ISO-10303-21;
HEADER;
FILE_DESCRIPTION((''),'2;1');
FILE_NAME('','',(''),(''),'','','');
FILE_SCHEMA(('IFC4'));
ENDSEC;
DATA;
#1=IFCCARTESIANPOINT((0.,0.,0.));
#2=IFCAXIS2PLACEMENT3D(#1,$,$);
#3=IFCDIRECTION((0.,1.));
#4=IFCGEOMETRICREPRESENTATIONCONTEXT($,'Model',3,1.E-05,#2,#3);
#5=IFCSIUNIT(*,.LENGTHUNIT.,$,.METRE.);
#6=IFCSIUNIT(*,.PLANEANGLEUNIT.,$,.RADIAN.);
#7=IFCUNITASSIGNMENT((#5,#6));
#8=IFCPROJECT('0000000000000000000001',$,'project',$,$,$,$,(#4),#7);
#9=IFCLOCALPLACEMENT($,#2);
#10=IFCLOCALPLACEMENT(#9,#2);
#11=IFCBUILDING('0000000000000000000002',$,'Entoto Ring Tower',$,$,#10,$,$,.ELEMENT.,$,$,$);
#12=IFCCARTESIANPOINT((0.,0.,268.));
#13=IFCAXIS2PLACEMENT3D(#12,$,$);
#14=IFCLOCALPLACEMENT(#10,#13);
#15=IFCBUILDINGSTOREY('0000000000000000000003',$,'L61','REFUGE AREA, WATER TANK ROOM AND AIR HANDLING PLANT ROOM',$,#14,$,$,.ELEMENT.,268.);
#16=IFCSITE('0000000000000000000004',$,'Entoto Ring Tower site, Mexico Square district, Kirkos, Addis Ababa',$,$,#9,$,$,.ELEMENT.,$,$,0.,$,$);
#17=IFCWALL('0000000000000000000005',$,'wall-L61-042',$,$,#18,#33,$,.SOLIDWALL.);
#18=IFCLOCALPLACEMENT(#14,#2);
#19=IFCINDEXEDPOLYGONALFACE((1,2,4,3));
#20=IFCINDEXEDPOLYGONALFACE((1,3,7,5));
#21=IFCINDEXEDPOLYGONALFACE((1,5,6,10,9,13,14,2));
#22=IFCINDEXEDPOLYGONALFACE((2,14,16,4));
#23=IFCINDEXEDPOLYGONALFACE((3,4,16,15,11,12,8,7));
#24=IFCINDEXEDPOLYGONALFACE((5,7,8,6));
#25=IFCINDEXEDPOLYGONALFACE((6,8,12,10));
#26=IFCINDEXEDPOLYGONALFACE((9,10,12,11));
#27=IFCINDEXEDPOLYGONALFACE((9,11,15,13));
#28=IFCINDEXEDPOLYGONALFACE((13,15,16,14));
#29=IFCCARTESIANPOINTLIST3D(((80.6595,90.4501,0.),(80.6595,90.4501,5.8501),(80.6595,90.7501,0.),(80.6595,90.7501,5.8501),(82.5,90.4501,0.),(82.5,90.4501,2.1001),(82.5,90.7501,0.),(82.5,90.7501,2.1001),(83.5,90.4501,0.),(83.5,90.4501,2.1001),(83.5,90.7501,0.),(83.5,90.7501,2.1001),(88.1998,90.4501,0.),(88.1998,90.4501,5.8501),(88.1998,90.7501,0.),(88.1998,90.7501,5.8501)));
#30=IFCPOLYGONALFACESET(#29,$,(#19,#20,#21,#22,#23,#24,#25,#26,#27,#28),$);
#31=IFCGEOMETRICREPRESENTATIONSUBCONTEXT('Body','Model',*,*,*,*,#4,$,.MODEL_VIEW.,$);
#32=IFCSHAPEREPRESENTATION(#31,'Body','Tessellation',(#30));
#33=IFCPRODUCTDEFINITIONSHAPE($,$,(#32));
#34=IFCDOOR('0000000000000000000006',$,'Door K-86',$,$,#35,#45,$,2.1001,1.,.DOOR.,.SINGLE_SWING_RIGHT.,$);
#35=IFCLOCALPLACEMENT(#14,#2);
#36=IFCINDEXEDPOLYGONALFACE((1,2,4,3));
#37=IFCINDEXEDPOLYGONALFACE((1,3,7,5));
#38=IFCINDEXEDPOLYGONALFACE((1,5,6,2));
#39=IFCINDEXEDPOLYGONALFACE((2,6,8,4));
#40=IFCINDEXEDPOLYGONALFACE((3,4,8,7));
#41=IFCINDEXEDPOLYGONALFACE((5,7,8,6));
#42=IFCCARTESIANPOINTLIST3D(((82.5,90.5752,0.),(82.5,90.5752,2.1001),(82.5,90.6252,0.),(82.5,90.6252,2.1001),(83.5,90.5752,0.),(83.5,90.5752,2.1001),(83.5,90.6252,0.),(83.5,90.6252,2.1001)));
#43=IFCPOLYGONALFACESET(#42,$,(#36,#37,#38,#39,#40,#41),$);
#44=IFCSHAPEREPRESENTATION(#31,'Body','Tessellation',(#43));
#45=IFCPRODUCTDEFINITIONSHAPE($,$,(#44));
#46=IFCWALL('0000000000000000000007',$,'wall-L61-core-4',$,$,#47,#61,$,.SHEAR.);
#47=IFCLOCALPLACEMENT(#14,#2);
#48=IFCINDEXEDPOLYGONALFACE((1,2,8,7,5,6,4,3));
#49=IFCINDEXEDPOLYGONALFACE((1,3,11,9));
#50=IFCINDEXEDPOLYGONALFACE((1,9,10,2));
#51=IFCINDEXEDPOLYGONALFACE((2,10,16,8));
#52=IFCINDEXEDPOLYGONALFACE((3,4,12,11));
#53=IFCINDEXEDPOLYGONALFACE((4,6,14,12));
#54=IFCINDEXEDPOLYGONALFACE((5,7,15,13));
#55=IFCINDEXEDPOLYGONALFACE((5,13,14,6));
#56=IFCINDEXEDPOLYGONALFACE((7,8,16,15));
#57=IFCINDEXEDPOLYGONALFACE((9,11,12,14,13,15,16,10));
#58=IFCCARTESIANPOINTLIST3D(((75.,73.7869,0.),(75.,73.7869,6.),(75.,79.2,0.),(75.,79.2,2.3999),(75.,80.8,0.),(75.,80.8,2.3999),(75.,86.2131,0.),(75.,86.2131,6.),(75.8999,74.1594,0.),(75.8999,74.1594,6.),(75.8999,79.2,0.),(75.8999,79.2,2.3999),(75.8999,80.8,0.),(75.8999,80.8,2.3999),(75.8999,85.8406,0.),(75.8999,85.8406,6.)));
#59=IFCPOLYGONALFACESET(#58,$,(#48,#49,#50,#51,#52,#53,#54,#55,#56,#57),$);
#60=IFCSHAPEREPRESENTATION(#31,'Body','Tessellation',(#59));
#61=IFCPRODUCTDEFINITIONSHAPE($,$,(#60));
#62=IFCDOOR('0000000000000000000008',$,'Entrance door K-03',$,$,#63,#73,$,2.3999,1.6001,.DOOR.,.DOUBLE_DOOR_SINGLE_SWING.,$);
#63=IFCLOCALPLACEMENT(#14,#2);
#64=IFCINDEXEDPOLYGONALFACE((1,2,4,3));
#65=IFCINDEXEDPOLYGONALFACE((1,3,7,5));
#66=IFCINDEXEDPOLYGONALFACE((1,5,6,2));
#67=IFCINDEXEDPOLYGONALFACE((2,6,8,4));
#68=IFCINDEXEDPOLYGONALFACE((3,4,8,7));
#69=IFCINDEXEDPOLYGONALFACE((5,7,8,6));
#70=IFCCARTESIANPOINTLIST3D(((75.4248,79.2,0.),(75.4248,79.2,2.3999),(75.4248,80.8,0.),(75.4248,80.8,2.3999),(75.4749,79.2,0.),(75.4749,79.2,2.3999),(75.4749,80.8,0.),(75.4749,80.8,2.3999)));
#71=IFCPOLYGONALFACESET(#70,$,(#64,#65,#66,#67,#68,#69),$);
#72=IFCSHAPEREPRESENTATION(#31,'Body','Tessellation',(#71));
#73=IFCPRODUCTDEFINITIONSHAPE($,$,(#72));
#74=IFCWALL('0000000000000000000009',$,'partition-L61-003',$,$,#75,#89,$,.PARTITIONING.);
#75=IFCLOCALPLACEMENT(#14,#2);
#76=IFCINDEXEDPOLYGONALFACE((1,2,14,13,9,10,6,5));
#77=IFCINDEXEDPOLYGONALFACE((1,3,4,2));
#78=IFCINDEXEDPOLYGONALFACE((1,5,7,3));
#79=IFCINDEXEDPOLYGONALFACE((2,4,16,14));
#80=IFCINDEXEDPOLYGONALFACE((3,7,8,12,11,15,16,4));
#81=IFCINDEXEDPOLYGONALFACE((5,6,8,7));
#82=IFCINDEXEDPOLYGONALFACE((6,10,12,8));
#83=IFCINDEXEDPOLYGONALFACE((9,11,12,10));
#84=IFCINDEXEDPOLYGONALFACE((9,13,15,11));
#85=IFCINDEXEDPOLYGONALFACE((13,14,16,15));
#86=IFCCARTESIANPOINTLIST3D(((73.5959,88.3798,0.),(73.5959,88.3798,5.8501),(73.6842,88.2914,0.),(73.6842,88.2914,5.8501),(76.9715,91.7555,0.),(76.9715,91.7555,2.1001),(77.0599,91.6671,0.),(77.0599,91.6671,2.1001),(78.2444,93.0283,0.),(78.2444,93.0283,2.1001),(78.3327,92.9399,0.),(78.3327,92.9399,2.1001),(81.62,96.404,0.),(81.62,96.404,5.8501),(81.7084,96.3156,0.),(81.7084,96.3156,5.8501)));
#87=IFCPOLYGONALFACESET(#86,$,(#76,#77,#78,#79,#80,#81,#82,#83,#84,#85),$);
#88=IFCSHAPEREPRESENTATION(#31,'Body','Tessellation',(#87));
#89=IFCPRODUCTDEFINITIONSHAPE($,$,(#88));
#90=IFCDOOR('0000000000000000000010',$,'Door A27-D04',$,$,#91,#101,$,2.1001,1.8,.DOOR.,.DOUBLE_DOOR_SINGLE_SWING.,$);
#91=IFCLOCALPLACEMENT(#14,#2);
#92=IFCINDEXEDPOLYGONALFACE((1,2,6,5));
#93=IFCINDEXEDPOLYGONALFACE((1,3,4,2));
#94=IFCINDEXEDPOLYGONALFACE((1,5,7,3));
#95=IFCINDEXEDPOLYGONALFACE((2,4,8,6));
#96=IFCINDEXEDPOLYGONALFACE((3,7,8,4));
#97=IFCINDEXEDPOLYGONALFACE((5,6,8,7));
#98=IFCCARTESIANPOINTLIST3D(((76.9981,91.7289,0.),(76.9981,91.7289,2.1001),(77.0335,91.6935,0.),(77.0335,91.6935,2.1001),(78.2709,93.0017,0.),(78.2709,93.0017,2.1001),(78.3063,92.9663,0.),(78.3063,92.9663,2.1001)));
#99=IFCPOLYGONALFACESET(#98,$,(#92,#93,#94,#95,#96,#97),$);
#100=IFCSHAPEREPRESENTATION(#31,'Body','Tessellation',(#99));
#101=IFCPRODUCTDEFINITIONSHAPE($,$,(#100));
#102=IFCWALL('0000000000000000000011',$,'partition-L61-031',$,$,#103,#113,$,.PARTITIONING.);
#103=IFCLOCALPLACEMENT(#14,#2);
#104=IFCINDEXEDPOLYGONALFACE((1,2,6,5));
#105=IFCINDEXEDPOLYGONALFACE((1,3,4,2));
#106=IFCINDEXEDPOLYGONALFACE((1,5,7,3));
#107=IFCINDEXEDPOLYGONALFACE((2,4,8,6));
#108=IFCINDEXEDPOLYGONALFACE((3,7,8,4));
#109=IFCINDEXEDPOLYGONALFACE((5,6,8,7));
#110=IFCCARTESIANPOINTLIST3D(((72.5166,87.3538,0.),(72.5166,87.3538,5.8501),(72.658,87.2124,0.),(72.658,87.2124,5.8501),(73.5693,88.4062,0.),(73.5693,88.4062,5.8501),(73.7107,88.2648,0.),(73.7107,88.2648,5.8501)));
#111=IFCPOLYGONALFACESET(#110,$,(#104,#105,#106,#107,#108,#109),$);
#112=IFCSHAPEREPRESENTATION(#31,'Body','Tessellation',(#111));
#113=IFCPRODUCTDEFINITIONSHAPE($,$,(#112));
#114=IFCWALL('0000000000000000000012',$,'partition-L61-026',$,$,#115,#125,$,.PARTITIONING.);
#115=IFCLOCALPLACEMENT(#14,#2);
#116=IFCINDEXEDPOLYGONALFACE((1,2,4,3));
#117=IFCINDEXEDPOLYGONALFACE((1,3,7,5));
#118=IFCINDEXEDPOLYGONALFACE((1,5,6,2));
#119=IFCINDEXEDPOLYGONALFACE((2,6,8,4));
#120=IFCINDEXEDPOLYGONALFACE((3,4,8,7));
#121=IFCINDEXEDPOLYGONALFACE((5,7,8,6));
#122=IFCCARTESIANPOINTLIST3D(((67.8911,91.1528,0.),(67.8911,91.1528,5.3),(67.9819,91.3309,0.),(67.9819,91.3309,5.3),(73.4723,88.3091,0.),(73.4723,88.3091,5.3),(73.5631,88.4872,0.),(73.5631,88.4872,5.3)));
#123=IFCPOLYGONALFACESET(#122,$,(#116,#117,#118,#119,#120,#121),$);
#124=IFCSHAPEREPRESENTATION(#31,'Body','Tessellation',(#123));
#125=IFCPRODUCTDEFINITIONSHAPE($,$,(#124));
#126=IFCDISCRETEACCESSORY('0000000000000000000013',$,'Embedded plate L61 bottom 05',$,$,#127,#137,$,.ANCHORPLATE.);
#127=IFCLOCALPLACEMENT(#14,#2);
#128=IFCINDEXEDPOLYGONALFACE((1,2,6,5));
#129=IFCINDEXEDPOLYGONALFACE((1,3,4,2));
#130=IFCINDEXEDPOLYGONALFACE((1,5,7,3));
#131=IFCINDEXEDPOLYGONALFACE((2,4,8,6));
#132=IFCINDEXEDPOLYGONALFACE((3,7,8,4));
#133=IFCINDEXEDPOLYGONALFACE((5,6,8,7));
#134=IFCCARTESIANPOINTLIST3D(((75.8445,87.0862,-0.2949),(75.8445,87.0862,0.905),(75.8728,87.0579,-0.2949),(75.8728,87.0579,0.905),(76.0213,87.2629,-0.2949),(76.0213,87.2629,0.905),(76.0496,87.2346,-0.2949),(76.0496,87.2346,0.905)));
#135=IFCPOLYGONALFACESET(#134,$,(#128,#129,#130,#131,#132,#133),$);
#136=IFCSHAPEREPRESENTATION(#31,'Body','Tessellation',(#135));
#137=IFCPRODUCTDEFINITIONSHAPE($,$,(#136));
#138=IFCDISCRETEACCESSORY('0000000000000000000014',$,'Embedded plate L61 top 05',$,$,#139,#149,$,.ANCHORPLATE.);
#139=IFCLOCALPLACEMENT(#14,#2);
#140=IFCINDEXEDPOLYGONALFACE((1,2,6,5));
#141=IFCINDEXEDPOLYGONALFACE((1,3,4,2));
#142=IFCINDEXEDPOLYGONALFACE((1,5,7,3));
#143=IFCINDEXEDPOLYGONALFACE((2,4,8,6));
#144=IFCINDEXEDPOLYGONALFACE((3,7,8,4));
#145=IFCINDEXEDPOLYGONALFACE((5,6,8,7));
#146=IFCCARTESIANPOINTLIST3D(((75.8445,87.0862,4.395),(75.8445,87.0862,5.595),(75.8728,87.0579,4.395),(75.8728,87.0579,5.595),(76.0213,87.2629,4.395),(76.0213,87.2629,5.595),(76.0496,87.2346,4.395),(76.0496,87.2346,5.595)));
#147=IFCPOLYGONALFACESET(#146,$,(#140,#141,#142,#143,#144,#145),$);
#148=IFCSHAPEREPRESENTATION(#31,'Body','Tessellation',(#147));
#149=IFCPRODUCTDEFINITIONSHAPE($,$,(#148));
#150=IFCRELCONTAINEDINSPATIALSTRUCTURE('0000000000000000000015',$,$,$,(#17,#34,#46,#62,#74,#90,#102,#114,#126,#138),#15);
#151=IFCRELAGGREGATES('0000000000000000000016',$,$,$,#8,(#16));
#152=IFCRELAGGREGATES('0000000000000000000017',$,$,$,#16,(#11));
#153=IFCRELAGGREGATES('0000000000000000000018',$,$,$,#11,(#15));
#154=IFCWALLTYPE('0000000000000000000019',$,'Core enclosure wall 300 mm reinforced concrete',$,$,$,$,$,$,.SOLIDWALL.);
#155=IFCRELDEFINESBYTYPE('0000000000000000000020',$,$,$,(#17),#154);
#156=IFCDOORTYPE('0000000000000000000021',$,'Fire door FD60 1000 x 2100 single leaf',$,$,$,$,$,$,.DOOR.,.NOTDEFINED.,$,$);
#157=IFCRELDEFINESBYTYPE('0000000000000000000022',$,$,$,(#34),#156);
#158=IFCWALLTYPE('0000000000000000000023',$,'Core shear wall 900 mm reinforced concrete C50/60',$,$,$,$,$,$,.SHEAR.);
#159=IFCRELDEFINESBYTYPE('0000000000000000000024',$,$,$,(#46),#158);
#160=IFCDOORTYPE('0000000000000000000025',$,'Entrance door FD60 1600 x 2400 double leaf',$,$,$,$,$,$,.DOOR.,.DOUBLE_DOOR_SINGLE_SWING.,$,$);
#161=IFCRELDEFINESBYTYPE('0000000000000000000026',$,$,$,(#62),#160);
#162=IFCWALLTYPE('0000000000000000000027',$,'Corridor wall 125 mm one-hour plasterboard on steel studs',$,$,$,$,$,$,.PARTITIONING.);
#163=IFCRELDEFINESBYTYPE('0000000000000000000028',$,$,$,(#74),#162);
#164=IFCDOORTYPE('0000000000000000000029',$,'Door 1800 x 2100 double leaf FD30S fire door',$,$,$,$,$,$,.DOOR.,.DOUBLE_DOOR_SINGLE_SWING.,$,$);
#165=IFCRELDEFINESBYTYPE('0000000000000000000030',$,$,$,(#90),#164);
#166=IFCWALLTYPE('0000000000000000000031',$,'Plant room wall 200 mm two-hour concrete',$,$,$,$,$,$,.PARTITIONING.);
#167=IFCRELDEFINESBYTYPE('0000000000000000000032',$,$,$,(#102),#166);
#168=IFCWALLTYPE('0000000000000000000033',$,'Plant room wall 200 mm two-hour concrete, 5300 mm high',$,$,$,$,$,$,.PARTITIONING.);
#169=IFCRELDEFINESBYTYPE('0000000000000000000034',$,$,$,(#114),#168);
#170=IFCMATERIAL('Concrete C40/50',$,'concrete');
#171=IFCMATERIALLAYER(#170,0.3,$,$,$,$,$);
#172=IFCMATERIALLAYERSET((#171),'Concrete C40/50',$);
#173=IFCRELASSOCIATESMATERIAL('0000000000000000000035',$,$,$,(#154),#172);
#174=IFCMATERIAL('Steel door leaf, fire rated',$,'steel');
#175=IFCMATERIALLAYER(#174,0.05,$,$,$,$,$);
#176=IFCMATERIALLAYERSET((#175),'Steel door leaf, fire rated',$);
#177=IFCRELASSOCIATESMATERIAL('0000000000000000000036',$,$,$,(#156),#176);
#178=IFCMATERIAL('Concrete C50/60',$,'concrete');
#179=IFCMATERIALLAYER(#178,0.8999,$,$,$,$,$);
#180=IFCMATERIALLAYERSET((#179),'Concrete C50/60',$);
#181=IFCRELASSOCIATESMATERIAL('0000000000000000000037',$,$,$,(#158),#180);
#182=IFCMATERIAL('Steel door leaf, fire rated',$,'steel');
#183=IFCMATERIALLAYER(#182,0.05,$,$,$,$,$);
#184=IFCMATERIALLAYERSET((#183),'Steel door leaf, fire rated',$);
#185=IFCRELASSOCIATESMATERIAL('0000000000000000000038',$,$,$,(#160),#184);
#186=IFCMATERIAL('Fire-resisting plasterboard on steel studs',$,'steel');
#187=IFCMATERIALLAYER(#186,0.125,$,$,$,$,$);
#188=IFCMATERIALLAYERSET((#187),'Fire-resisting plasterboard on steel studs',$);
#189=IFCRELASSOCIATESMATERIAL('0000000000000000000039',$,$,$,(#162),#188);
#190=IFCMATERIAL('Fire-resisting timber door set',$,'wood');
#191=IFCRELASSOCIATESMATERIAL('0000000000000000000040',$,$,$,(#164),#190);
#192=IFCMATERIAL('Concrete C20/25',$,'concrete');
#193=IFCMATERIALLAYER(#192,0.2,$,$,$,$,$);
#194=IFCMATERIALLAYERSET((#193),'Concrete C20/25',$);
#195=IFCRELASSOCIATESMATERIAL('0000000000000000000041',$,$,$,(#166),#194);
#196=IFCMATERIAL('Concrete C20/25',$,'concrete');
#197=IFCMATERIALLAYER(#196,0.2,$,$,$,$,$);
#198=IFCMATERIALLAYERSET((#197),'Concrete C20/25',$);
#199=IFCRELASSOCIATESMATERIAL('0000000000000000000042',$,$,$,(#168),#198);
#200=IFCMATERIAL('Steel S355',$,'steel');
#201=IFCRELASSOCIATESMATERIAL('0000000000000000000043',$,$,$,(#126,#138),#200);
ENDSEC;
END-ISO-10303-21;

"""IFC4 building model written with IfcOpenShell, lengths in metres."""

from ifc_helpers import new_model, si_unit, direction, frame, frame_2d, origin, origin_2d, place, context, subcontext, project, spatial, polyline, rectangle, outline, extrude, material, layer, layer_set, type_object, element, fill, save


model = new_model("IFC4")

# Units and contexts
model_context = context("Model", 3, precision=1e-05, world=origin(), true_north=direction((0.0, 1.0)))
body_context = subcontext(model_context, "Body", "Model", "MODEL_VIEW")
ifc_project = project(units=[si_unit("LENGTHUNIT", "METRE"), si_unit("PLANEANGLEUNIT", "RADIAN")], contexts=[model_context])

# Site, building, storey
site_placement = place(None, origin())
site = spatial("IfcSite", under=ifc_project, at=site_placement, Name="Entoto Ring Tower site, Mexico Square district, Kirkos, Addis Ababa", CompositionType="ELEMENT", RefElevation=0.0)
building_placement = place(site_placement, origin())
building = spatial("IfcBuilding", under=site, at=building_placement, Name="Entoto Ring Tower", CompositionType="ELEMENT")
storey_placement = place(building_placement, frame((0.0, 0.0, 268.0)))
storey = spatial("IfcBuildingStorey", under=building, at=storey_placement, Name="L61", Description="REFUGE AREA, WATER TANK ROOM AND AIR HANDLING PLANT ROOM", CompositionType="ELEMENT", Elevation=268.0)

# Shared definitions
ifc_material_1 = material(Name="Concrete C40/50", Category="concrete")
ifc_layer_1 = layer(ifc_material_1, 0.3)
ifc_layer_set_1 = layer_set([ifc_layer_1], Name="Concrete C40/50")
wall_type_1 = type_object("IfcWallType", Name="Core enclosure wall 300 mm reinforced concrete", PredefinedType="SOLIDWALL", material=ifc_layer_set_1)

# Walls, openings, doors
wall_1_placement = place(storey_placement, frame((80.6597, 90.6001, 0.0), z_axis=(0.0, 0.0, 1.0), x_axis=(1.0, 0.0, 0.0)))
wall_1 = element("IfcWall", 1, at=wall_1_placement, inside=storey, type_object=wall_type_1, Name="wall-L61-042", PredefinedType="SOLIDWALL", context=body_context, shape_type="SweptSolid", body=[
    extrude(rectangle(XDim=7.5403, YDim=0.3, at=frame_2d((3.77, 0.0))), origin(), (0.0, 0.0, 1.0), 5.8501),
])
opening_1_placement = place(wall_1_placement, frame((1.8403, 0.0, 0.0)))
opening_1 = element("IfcOpeningElement", 2, at=opening_1_placement, cuts=wall_1, PredefinedType="OPENING", context=body_context, shape_type="SweptSolid", body=[
    extrude(rectangle(XDim=1.0, YDim=2.1001, at=frame_2d((0.5, 1.05))), frame((0.0, 0.1602, 0.0), z_axis=(0.0, -1.0, 0.0), x_axis=(1.0, 0.0, 0.0)), (0.0, 0.0, 1.0), 0.3201),
])
ifc_material_2 = material(Name="Steel door leaf, fire rated", Category="steel")
ifc_layer_2 = layer(ifc_material_2, 0.05)
ifc_layer_set_2 = layer_set([ifc_layer_2], Name="Steel door leaf, fire rated")
door_type_1 = type_object("IfcDoorType", Name="Fire door FD60 1000 x 2100 single leaf", OperationType="NOTDEFINED", PredefinedType="DOOR", material=ifc_layer_set_2)
door_1_placement = place(opening_1_placement, frame((1.0, 0.0, 0.0), z_axis=(0.0, 0.0, 1.0), x_axis=(-1.0, 0.0, 0.0)))
door_1 = element("IfcDoor", 3, at=door_1_placement, inside=storey, type_object=door_type_1, Name="Door K-86", OperationType="SINGLE_SWING_RIGHT", OverallHeight=2.1001, OverallWidth=1.0, PredefinedType="DOOR", context=body_context, shape_type="SweptSolid", body=[
    extrude(rectangle(XDim=1.0, YDim=2.1001, at=frame_2d((0.5, 1.05))), frame((0.0, 0.0249, 0.0), z_axis=(0.0, -1.0, 0.0), x_axis=(1.0, 0.0, 0.0)), (0.0, 0.0, 1.0), 0.05),
])
fill(opening_1, door_1)
ifc_material_3 = material(Name="Concrete C50/60", Category="concrete")
ifc_layer_3 = layer(ifc_material_3, 0.8999)
ifc_layer_set_3 = layer_set([ifc_layer_3], Name="Concrete C50/60")
wall_type_2 = type_object("IfcWallType", Name="Core shear wall 900 mm reinforced concrete C50/60", PredefinedType="SHEAR", material=ifc_layer_set_3)
wall_2_placement = place(storey_placement, frame((75.45, 86.0269, 0.0), z_axis=(0.0, 0.0, 1.0), x_axis=(0.0, -1.0, 0.0)))
wall_2 = element("IfcWall", 4, at=wall_2_placement, inside=storey, type_object=wall_type_2, Name="wall-L61-core-4", PredefinedType="SHEAR", context=body_context, shape_type="SweptSolid", body=[
    extrude(outline(polyline([(-0.1863, -0.45), (12.24, -0.45), (11.8674, 0.45), (0.1863, 0.45), (-0.1863, -0.45)])), origin(), (0.0, 0.0, 1.0), 6.0),
])
opening_2_placement = place(wall_2_placement, frame((5.2268, 0.0, 0.0)))
opening_2 = element("IfcOpeningElement", 5, at=opening_2_placement, cuts=wall_2, PredefinedType="OPENING", context=body_context, shape_type="SweptSolid", body=[
    extrude(rectangle(XDim=1.6001, YDim=2.3999, at=frame_2d((0.8, 1.2))), frame((0.0, 0.46, 0.0), z_axis=(0.0, -1.0, 0.0), x_axis=(1.0, 0.0, 0.0)), (0.0, 0.0, 1.0), 0.9199),
])
ifc_material_4 = material(Name="Steel door leaf, fire rated", Category="steel")
ifc_layer_4 = layer(ifc_material_4, 0.05)
ifc_layer_set_4 = layer_set([ifc_layer_4], Name="Steel door leaf, fire rated")
door_type_2 = type_object("IfcDoorType", Name="Entrance door FD60 1600 x 2400 double leaf", OperationType="DOUBLE_DOOR_SINGLE_SWING", PredefinedType="DOOR", material=ifc_layer_set_4)
door_2_placement = place(opening_2_placement, origin())
door_2 = element("IfcDoor", 6, at=door_2_placement, inside=storey, type_object=door_type_2, Name="Entrance door K-03", OperationType="DOUBLE_DOOR_SINGLE_SWING", OverallHeight=2.3999, OverallWidth=1.6001, PredefinedType="DOOR", context=body_context, shape_type="SweptSolid", body=[
    extrude(rectangle(XDim=1.6001, YDim=2.3999, at=frame_2d((0.8, 1.2))), frame((0.0, 0.0249, 0.0), z_axis=(0.0, -1.0, 0.0), x_axis=(1.0, 0.0, 0.0)), (0.0, 0.0, 1.0), 0.05),
])
fill(opening_2, door_2)
ifc_material_5 = material(Name="Fire-resisting plasterboard on steel studs", Category="steel")
ifc_layer_5 = layer(ifc_material_5, 0.125)
ifc_layer_set_5 = layer_set([ifc_layer_5], Name="Fire-resisting plasterboard on steel studs")
wall_type_3 = type_object("IfcWallType", Name="Corridor wall 125 mm one-hour plasterboard on steel studs", PredefinedType="PARTITIONING", material=ifc_layer_set_5)
wall_3_placement = place(storey_placement, frame((73.6401, 88.3357, 0.0), z_axis=(0.0, 0.0, 1.0), x_axis=(0.707107, 0.707107, 0.0)))
wall_3 = element("IfcWall", 7, at=wall_3_placement, inside=storey, type_object=wall_type_3, Name="partition-L61-003", PredefinedType="PARTITIONING", context=body_context, shape_type="SweptSolid", body=[
    extrude(rectangle(XDim=11.3479, YDim=0.125, at=frame_2d((5.6738, 0.0))), origin(), (0.0, 0.0, 1.0), 5.8501),
])
opening_3_placement = place(wall_3_placement, frame((4.7739, 0.0, 0.0)))
opening_3 = element("IfcOpeningElement", 8, at=opening_3_placement, cuts=wall_3, PredefinedType="OPENING", context=body_context, shape_type="SweptSolid", body=[
    extrude(rectangle(XDim=1.8, YDim=2.1001, at=frame_2d((0.8999, 1.05))), frame((0.0, 0.0725, 0.0), z_axis=(0.0, -1.0, 0.0), x_axis=(1.0, 0.0, 0.0)), (0.0, 0.0, 1.0), 0.145),
])
ifc_material_6 = material(Name="Fire-resisting timber door set", Category="wood")
door_type_3 = type_object("IfcDoorType", Name="Door 1800 x 2100 double leaf FD30S fire door", OperationType="DOUBLE_DOOR_SINGLE_SWING", PredefinedType="DOOR", material=ifc_material_6)
door_3_placement = place(opening_3_placement, origin())
door_3 = element("IfcDoor", 9, at=door_3_placement, inside=storey, type_object=door_type_3, Name="Door A27-D04", OperationType="DOUBLE_DOOR_SINGLE_SWING", OverallHeight=2.1001, OverallWidth=1.8, PredefinedType="DOOR", context=body_context, shape_type="SweptSolid", body=[
    extrude(rectangle(XDim=1.8, YDim=2.1001, at=frame_2d((0.8999, 1.05))), frame((0.0, 0.0249, 0.0), z_axis=(0.0, -1.0, 0.0), x_axis=(1.0, 0.0, 0.0)), (0.0, 0.0, 1.0), 0.05),
])
fill(opening_3, door_3)

# Walls
ifc_material_7 = material(Name="Concrete C20/25", Category="concrete")
ifc_layer_6 = layer(ifc_material_7, 0.2)
ifc_layer_set_6 = layer_set([ifc_layer_6], Name="Concrete C20/25")
wall_type_4 = type_object("IfcWallType", Name="Plant room wall 200 mm two-hour concrete", PredefinedType="PARTITIONING", material=ifc_layer_set_6)
wall_4_placement = place(storey_placement, frame((72.5874, 87.2832, 0.0), z_axis=(0.0, 0.0, 1.0), x_axis=(0.707189, 0.707025, 0.0)))
element("IfcWall", 10, at=wall_4_placement, inside=storey, type_object=wall_type_4, Name="partition-L61-031", PredefinedType="PARTITIONING", context=body_context, shape_type="SweptSolid", body=[
    extrude(rectangle(XDim=1.4885, YDim=0.2, at=frame_2d((0.7441, 0.0))), origin(), (0.0, 0.0, 1.0), 5.8501),
])
ifc_material_8 = material(Name="Concrete C20/25", Category="concrete")
ifc_layer_7 = layer(ifc_material_8, 0.2)
ifc_layer_set_7 = layer_set([ifc_layer_7], Name="Concrete C20/25")
wall_type_5 = type_object("IfcWallType", Name="Plant room wall 200 mm two-hour concrete, 5300 mm high", PredefinedType="PARTITIONING", material=ifc_layer_set_7)
wall_5_placement = place(storey_placement, frame((73.5176, 88.3982, 0.0), z_axis=(0.0, 0.0, 1.0), x_axis=(-0.891011, 0.453982, 0.0)))
element("IfcWall", 11, at=wall_5_placement, inside=storey, type_object=wall_type_5, Name="partition-L61-026", PredefinedType="PARTITIONING", context=body_context, shape_type="SweptSolid", body=[
    extrude(rectangle(XDim=6.2639, YDim=0.2, at=frame_2d((3.1318, 0.0))), origin(), (0.0, 0.0, 1.0), 5.3),
])

# Discrete accessories
ifc_material_9 = material(Name="Steel S355", Category="steel")
for number, where, z_axis, x_axis, name in (
    (12, (75.947, 87.1604, -0.2949), (0.0, 0.0, 1.0), (-0.707107, 0.707107, 0.0), "Embedded plate L61 bottom 05"),
    (13, (75.947, 87.1604, 4.395), (0.0, 0.0, 1.0), (-0.707107, 0.707107, 0.0), "Embedded plate L61 top 05"),
):
    element("IfcDiscreteAccessory", number, at=place(storey_placement, frame(where, z_axis=z_axis, x_axis=x_axis)), inside=storey, material=ifc_material_9, Name=name, PredefinedType="ANCHORPLATE", context=body_context, shape_type="SweptSolid", body=[
        extrude(rectangle(XDim=0.04, YDim=0.25, at=origin_2d()), origin(), (0.0, 0.0, 1.0), 1.2),
    ])

save(model, "model.ifc")
